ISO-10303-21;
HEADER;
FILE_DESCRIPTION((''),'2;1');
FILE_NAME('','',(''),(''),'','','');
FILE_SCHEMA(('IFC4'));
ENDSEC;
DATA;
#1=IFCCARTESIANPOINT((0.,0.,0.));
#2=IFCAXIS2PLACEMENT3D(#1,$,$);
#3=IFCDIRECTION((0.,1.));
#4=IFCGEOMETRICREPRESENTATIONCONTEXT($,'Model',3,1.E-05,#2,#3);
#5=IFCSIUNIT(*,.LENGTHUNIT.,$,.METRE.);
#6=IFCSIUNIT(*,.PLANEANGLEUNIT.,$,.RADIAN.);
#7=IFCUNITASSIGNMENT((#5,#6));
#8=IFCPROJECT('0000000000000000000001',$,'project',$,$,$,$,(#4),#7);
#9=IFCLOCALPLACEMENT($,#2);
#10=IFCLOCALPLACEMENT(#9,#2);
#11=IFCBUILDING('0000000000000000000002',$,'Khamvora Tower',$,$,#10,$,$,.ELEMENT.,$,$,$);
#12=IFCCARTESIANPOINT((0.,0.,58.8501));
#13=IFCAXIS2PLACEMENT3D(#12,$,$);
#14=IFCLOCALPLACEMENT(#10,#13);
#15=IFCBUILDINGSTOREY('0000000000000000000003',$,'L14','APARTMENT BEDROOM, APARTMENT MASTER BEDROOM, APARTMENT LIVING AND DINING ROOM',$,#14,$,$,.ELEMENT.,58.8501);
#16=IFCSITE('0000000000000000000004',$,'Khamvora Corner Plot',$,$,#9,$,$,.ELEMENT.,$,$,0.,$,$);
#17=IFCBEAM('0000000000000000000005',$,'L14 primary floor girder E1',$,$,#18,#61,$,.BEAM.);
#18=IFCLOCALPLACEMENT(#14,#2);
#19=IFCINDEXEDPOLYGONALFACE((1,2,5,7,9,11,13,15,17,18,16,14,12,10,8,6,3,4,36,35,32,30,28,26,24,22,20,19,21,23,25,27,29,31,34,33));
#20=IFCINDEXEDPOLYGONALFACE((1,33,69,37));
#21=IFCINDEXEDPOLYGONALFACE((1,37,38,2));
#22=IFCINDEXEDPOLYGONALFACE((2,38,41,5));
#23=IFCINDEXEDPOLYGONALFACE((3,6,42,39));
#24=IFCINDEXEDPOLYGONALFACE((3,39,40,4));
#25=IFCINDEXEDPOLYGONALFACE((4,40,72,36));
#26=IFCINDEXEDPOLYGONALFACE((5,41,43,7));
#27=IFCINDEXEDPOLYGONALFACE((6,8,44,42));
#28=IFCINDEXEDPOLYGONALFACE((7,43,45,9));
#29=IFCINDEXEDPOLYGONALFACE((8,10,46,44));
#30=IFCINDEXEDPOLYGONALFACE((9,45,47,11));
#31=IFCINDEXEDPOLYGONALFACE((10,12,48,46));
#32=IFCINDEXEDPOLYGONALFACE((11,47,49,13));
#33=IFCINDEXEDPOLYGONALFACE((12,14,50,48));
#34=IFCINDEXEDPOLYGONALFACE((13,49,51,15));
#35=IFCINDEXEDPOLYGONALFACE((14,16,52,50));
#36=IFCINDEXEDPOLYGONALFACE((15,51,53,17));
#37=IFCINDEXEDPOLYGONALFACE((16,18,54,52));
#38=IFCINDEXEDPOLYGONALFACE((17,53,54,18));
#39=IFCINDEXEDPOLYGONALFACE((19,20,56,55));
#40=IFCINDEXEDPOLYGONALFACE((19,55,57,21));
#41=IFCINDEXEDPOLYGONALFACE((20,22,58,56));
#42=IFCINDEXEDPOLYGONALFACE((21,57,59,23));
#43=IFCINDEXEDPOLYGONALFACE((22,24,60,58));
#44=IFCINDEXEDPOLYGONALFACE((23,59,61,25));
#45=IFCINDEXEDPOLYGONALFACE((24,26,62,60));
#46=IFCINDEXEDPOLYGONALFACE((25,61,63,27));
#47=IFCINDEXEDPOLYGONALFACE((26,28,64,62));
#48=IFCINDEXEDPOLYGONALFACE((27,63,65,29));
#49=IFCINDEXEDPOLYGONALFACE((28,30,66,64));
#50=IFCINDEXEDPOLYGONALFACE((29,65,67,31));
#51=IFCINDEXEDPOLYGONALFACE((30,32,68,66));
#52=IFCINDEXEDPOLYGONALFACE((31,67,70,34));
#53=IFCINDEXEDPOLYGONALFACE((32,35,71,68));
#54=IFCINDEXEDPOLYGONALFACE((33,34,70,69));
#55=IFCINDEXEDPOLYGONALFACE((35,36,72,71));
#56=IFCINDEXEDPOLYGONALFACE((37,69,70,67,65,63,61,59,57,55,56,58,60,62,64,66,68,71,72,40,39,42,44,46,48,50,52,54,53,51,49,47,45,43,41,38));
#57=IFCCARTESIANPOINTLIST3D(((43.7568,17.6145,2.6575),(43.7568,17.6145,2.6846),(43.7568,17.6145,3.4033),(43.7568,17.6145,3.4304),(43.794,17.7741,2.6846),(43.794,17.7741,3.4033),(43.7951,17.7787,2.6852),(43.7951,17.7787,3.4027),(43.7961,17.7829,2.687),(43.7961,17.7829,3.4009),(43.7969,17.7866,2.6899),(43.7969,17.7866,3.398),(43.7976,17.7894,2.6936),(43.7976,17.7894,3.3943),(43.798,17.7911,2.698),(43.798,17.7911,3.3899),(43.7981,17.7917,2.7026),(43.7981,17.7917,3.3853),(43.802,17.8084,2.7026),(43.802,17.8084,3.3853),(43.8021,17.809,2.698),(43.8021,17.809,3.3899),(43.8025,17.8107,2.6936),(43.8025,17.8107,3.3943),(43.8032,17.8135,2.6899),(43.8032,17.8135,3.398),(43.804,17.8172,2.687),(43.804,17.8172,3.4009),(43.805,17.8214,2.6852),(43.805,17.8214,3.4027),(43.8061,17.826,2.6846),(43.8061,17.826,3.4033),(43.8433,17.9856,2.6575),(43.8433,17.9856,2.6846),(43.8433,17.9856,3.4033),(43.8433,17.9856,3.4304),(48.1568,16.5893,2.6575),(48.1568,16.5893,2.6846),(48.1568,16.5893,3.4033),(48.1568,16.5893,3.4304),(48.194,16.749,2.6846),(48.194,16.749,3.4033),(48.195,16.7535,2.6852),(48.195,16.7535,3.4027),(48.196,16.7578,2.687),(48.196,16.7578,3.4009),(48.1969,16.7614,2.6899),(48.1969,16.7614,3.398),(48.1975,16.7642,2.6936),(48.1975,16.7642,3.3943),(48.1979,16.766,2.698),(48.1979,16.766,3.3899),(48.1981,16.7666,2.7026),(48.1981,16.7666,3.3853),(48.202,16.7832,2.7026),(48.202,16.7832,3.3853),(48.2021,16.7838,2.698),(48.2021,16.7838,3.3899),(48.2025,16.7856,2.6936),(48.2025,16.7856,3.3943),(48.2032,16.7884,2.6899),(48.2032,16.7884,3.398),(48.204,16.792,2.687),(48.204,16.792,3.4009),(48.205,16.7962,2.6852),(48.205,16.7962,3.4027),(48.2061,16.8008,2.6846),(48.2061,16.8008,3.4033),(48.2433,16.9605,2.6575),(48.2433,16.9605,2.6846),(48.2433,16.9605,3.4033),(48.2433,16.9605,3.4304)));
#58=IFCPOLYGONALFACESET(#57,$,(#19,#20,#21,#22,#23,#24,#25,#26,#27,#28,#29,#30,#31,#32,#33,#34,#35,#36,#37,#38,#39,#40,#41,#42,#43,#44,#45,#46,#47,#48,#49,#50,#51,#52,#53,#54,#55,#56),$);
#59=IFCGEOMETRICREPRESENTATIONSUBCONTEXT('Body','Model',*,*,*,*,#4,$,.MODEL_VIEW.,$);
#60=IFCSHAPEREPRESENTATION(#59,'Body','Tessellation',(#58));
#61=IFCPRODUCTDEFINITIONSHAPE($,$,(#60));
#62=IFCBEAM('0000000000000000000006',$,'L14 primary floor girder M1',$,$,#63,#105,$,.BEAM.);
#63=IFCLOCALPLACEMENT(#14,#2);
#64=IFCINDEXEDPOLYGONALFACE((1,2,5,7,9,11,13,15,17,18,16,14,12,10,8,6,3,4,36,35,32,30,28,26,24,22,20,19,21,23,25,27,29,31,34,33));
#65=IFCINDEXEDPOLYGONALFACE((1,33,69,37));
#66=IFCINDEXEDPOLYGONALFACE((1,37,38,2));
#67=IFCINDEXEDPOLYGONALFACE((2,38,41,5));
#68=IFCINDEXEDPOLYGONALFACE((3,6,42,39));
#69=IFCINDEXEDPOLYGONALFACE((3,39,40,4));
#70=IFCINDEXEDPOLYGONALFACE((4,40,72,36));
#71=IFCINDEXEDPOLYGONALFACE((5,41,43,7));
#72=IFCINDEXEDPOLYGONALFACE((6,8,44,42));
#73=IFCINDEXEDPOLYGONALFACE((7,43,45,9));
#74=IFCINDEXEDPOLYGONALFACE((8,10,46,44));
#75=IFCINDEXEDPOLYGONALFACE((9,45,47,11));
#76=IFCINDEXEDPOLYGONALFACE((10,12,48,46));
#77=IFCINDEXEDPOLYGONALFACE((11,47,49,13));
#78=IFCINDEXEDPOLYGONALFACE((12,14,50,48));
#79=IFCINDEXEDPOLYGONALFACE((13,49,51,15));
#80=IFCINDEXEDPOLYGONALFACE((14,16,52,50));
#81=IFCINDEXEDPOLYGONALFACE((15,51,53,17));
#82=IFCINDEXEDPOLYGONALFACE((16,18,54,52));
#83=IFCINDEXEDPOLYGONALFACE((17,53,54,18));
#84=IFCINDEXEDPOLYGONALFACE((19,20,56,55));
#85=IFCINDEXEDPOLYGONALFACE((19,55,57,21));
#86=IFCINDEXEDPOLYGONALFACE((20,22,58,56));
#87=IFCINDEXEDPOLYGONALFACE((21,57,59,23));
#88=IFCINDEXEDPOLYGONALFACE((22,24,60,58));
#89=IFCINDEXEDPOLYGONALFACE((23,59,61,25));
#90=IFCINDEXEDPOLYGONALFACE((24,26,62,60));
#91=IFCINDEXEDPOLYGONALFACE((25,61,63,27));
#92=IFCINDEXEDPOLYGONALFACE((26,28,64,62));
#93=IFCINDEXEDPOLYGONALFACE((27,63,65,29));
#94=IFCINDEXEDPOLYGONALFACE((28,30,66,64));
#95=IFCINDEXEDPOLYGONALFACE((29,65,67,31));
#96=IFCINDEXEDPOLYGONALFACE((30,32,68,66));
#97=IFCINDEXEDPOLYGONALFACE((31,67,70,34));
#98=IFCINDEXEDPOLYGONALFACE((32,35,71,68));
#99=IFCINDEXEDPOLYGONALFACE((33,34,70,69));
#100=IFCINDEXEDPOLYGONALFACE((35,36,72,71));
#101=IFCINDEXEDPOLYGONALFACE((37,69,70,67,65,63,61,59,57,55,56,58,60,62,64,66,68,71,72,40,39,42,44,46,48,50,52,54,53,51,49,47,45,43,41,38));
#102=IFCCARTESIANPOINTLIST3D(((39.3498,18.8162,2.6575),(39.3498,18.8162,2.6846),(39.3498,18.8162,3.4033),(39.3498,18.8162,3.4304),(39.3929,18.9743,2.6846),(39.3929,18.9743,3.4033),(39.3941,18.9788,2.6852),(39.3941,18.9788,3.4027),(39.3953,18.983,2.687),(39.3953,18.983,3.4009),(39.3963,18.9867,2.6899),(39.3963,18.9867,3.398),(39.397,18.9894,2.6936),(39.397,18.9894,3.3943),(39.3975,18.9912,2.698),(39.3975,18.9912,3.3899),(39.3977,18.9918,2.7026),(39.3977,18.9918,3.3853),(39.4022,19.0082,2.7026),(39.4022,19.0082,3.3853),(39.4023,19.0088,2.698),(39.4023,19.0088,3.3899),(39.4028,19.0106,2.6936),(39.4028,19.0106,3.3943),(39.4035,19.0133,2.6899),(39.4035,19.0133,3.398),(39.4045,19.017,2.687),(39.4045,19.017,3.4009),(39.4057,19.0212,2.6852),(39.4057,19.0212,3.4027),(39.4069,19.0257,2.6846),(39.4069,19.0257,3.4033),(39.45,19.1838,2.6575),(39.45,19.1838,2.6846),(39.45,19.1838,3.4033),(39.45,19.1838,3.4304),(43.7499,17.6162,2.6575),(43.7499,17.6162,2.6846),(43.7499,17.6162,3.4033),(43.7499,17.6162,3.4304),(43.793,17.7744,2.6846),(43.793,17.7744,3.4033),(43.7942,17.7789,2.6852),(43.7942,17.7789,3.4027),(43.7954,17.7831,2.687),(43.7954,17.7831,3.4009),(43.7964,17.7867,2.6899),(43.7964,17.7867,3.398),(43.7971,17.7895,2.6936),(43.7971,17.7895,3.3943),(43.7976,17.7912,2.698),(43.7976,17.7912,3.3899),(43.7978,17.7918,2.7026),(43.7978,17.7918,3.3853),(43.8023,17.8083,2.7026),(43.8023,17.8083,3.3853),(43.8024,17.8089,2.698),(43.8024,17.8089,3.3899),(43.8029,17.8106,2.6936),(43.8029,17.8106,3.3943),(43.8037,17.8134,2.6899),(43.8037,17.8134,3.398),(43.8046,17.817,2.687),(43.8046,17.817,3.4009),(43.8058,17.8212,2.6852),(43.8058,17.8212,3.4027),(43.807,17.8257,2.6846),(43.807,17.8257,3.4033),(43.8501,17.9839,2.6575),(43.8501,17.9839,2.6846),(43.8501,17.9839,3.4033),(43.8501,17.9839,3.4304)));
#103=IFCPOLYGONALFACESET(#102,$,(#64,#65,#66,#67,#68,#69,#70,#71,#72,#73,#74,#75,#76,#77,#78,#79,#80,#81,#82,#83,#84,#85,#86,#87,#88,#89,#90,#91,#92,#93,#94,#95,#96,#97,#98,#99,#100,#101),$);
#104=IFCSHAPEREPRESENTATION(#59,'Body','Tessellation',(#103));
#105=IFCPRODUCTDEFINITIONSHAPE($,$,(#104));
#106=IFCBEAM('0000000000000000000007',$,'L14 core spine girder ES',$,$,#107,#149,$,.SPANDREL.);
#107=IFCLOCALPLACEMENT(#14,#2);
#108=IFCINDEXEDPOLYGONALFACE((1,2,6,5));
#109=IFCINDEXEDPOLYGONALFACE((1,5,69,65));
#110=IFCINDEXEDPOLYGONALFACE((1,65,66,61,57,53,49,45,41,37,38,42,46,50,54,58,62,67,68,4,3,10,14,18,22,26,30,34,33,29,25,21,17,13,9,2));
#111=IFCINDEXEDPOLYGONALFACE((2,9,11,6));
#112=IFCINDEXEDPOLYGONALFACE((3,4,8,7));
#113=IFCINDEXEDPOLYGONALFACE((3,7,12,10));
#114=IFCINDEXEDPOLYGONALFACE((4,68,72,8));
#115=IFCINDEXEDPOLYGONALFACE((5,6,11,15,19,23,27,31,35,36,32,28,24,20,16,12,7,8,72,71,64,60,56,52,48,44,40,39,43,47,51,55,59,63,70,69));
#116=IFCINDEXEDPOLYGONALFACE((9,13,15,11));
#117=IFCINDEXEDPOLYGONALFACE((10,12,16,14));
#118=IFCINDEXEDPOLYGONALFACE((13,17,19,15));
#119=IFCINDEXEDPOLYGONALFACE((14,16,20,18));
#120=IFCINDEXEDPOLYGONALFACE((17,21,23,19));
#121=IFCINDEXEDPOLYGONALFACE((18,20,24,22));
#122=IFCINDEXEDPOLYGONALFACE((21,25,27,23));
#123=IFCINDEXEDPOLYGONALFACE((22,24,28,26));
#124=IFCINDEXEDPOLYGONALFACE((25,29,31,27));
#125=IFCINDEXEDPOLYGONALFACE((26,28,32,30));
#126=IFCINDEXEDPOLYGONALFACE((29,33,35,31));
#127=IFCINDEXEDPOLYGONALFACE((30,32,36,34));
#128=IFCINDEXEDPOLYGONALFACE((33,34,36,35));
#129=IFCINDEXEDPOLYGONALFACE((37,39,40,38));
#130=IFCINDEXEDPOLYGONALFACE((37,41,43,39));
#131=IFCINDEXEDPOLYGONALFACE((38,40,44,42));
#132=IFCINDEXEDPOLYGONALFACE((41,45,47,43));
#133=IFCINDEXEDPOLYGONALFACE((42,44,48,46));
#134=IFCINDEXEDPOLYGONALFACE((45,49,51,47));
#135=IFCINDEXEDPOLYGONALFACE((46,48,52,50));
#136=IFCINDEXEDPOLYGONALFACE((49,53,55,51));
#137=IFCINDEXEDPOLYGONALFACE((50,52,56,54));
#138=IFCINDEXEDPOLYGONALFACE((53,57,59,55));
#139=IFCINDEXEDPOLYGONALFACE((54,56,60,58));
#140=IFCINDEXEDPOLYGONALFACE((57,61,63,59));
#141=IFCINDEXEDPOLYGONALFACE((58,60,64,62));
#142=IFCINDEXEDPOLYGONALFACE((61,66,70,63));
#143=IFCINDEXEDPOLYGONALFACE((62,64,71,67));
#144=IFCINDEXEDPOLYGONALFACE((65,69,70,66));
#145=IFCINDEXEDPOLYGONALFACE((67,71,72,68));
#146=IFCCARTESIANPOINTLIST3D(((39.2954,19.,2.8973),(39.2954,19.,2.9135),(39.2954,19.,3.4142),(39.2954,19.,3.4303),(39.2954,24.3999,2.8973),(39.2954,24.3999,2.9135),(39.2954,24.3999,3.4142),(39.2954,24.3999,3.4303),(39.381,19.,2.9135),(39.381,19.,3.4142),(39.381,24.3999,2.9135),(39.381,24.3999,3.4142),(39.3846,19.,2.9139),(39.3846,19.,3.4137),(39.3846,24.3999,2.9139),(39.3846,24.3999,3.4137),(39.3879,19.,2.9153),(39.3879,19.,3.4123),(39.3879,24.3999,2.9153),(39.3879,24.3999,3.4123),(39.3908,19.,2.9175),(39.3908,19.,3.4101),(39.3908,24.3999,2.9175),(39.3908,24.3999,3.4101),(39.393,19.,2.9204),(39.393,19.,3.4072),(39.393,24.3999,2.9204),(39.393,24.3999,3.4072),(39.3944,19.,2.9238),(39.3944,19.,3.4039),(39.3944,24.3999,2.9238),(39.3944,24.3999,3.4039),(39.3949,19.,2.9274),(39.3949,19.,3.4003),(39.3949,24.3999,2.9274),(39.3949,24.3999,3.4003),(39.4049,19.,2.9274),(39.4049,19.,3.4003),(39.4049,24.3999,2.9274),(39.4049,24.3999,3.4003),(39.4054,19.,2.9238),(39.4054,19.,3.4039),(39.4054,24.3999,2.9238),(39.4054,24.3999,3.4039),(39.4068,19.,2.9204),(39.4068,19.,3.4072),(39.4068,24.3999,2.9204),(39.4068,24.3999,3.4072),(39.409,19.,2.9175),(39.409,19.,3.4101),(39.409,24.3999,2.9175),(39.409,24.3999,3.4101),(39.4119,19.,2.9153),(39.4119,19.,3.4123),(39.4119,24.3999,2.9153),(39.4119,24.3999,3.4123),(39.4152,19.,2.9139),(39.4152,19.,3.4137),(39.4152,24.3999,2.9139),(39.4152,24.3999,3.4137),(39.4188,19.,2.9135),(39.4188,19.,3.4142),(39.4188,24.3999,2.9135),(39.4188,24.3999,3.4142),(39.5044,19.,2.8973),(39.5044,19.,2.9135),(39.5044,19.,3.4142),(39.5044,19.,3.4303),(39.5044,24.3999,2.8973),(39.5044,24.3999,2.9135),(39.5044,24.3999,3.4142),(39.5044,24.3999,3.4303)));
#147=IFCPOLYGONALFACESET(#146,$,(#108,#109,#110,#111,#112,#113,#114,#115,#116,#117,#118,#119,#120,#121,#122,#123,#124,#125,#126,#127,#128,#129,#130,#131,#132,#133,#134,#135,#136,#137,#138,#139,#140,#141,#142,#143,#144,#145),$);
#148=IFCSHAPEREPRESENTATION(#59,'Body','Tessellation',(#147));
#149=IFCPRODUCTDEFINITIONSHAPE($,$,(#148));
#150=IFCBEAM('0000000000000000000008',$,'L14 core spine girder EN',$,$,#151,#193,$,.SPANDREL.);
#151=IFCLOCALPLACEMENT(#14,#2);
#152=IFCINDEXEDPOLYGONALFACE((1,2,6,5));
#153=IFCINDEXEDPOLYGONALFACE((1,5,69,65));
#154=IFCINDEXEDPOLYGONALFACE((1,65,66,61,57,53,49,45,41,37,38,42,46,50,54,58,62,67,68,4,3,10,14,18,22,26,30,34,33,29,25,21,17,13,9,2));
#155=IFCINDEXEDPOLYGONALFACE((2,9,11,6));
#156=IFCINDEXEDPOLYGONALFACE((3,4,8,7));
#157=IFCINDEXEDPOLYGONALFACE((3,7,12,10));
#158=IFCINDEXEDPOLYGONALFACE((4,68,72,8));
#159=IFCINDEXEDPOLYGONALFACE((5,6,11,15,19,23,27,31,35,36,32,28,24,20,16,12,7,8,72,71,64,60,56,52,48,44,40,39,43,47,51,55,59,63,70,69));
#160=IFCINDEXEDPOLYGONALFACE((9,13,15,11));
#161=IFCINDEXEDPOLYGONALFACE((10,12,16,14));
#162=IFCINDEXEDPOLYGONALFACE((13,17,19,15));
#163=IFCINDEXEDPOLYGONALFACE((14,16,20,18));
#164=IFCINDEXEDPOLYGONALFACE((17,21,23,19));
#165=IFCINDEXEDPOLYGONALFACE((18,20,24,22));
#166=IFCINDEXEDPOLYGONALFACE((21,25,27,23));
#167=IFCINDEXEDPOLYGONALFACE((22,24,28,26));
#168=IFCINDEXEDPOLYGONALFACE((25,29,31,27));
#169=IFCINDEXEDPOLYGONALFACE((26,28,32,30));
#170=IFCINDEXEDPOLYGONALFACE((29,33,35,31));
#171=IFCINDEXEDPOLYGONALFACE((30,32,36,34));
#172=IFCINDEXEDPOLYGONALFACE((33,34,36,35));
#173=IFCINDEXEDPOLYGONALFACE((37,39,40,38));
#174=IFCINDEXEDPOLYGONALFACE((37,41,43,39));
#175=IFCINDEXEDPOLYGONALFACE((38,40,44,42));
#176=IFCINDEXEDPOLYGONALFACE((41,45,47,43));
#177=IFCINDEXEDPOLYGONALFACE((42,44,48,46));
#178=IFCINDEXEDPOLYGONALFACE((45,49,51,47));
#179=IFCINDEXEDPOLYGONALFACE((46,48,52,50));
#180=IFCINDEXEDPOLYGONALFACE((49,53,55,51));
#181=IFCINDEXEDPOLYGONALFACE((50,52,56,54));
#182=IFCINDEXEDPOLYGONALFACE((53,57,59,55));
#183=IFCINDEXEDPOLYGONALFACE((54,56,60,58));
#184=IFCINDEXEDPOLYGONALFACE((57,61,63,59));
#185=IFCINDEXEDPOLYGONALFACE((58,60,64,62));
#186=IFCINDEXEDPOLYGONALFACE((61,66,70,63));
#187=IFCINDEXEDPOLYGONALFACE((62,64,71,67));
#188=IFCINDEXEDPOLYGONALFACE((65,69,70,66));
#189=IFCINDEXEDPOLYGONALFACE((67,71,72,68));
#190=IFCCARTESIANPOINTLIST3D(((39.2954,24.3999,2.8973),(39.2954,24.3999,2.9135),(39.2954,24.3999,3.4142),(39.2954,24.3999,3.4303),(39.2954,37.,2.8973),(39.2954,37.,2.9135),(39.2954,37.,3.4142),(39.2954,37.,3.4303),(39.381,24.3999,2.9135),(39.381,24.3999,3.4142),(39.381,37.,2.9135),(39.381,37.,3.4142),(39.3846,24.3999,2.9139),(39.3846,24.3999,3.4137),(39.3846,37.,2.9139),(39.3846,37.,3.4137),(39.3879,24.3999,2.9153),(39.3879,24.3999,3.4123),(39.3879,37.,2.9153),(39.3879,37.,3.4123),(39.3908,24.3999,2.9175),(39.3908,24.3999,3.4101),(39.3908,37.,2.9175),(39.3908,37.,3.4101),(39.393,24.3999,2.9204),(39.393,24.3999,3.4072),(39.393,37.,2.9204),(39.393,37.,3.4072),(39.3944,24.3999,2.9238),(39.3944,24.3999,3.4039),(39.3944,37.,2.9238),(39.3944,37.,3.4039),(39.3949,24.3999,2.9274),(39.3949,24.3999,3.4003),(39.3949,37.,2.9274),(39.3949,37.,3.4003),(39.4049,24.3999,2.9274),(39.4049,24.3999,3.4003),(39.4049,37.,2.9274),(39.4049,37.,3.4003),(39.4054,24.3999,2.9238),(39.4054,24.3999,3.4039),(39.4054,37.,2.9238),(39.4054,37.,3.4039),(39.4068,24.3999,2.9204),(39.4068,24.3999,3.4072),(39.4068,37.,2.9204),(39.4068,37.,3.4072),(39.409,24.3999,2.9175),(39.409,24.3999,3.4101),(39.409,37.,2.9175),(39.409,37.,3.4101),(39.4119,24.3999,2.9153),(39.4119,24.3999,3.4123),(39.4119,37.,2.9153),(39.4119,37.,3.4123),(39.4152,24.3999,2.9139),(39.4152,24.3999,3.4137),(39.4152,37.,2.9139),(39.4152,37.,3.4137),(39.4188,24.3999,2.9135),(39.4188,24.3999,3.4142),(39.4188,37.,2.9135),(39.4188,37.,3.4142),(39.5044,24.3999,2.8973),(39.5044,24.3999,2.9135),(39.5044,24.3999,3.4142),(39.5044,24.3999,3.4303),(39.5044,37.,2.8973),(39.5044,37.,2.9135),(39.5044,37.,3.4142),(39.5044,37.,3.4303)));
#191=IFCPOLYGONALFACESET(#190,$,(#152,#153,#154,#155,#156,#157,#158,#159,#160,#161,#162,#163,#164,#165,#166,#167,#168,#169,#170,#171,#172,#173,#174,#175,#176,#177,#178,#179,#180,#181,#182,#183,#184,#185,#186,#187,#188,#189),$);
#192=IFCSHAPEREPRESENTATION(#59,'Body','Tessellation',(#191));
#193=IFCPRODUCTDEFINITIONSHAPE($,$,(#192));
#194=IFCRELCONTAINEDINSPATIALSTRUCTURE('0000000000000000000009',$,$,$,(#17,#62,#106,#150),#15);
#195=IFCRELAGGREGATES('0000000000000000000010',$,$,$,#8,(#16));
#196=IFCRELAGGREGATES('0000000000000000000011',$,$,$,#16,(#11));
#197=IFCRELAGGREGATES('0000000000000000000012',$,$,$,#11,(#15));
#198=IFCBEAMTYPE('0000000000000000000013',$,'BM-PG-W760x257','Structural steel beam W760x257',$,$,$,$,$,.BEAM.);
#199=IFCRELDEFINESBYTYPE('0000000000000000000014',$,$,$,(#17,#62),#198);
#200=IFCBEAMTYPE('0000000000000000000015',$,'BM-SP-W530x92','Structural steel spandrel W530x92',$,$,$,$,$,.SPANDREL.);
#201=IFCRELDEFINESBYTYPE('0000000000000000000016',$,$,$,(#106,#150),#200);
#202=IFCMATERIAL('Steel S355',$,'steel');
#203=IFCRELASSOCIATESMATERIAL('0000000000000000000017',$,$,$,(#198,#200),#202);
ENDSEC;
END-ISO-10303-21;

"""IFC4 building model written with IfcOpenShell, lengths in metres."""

from ifc_helpers import new_model, si_unit, direction, frame, origin, origin_2d, place, context, subcontext, project, spatial, i_section, extrude, material, material_profile, profile_set, type_object, element, save


model = new_model("IFC4")

# Units and contexts
model_context = context("Model", 3, precision=1e-05, world=origin(), true_north=direction((0.0, 1.0)))
body_context = subcontext(model_context, "Body", "Model", "MODEL_VIEW")
ifc_project = project(units=[si_unit("LENGTHUNIT", "METRE"), si_unit("PLANEANGLEUNIT", "RADIAN")], contexts=[model_context])

# Site, building, storey
site_placement = place(None, origin())
site = spatial("IfcSite", under=ifc_project, at=site_placement, Name="Khamvora Corner Plot", CompositionType="ELEMENT", RefElevation=0.0)
building_placement = place(site_placement, origin())
building = spatial("IfcBuilding", under=site, at=building_placement, Name="Khamvora Tower", CompositionType="ELEMENT")
storey_placement = place(building_placement, frame((0.0, 0.0, 58.8501)))
storey = spatial("IfcBuildingStorey", under=building, at=storey_placement, Name="L14", Description="APARTMENT BEDROOM, APARTMENT MASTER BEDROOM, APARTMENT LIVING AND DINING ROOM", CompositionType="ELEMENT", Elevation=58.8501)

# Beams
ifc_material_1 = material(Name="Steel S355", Category="steel")
ifc_material_profile_1 = material_profile(ifc_material_1, i_section(OverallWidth=0.3811, OverallDepth=0.7729, WebThickness=0.0171, FlangeThickness=0.0271, FilletRadius=0.0181, at=origin_2d()), Name="W760x257")
ifc_profile_set_1 = profile_set([ifc_material_profile_1], Name="Steel S355")
beam_type_1 = type_object("IfcBeamType", Name="BM-PG-W760x257", Description="Structural steel beam W760x257", PredefinedType="BEAM", material=ifc_profile_set_1)
beam_1_placement = place(storey_placement, frame((43.8, 17.8, 3.0439), z_axis=(0.973915, -0.226915, 0.0), x_axis=(0.226915, 0.973915, 0.0)))
element("IfcBeam", 1, at=beam_1_placement, inside=storey, type_object=beam_type_1, Name="L14 primary floor girder E1", PredefinedType="BEAM", context=body_context, shape_type="SweptSolid", body=[
    extrude(i_section(OverallWidth=0.3811, OverallDepth=0.7729, WebThickness=0.0171, FlangeThickness=0.0271, FilletRadius=0.0181, at=origin_2d()), origin(), (0.0, 0.0, 1.0), 4.5178),
])
beam_2_placement = place(storey_placement, frame((39.3999, 19.0, 3.0439), z_axis=(0.964769, -0.263099, 0.0), x_axis=(0.263099, 0.964769, 0.0)))
element("IfcBeam", 2, at=beam_2_placement, inside=storey, type_object=beam_type_1, Name="L14 primary floor girder M1", PredefinedType="BEAM", context=body_context, shape_type="SweptSolid", body=[
    extrude(i_section(OverallWidth=0.3811, OverallDepth=0.7729, WebThickness=0.0171, FlangeThickness=0.0271, FilletRadius=0.0181, at=origin_2d()), origin(), (0.0, 0.0, 1.0), 4.5608),
])
ifc_material_profile_2 = material_profile(ifc_material_1, i_section(OverallWidth=0.209, OverallDepth=0.533, WebThickness=0.01, FlangeThickness=0.0161, FilletRadius=0.0139, at=origin_2d()), Name="W530x92")
ifc_profile_set_2 = profile_set([ifc_material_profile_2], Name="Steel S355")
beam_type_2 = type_object("IfcBeamType", Name="BM-SP-W530x92", Description="Structural steel spandrel W530x92", PredefinedType="SPANDREL", material=ifc_profile_set_2)
beam_3_placement = place(storey_placement, frame((39.3999, 19.0, 3.1638), z_axis=(0.0, 1.0, 0.0), x_axis=(-1.0, 0.0, 0.0)))
element("IfcBeam", 3, at=beam_3_placement, inside=storey, type_object=beam_type_2, Name="L14 core spine girder ES", PredefinedType="SPANDREL", context=body_context, shape_type="SweptSolid", body=[
    extrude(i_section(OverallWidth=0.209, OverallDepth=0.533, WebThickness=0.01, FlangeThickness=0.0161, FilletRadius=0.0139, at=origin_2d()), origin(), (0.0, 0.0, 1.0), 5.3999),
])
beam_4_placement = place(storey_placement, frame((39.3999, 24.3999, 3.1638), z_axis=(0.0, 1.0, 0.0), x_axis=(-1.0, 0.0, 0.0)))
element("IfcBeam", 4, at=beam_4_placement, inside=storey, type_object=beam_type_2, Name="L14 core spine girder EN", PredefinedType="SPANDREL", context=body_context, shape_type="SweptSolid", body=[
    extrude(i_section(OverallWidth=0.209, OverallDepth=0.533, WebThickness=0.01, FlangeThickness=0.0161, FilletRadius=0.0139, at=origin_2d()), origin(), (0.0, 0.0, 1.0), 12.6001),
])

save(model, "model.ifc")
